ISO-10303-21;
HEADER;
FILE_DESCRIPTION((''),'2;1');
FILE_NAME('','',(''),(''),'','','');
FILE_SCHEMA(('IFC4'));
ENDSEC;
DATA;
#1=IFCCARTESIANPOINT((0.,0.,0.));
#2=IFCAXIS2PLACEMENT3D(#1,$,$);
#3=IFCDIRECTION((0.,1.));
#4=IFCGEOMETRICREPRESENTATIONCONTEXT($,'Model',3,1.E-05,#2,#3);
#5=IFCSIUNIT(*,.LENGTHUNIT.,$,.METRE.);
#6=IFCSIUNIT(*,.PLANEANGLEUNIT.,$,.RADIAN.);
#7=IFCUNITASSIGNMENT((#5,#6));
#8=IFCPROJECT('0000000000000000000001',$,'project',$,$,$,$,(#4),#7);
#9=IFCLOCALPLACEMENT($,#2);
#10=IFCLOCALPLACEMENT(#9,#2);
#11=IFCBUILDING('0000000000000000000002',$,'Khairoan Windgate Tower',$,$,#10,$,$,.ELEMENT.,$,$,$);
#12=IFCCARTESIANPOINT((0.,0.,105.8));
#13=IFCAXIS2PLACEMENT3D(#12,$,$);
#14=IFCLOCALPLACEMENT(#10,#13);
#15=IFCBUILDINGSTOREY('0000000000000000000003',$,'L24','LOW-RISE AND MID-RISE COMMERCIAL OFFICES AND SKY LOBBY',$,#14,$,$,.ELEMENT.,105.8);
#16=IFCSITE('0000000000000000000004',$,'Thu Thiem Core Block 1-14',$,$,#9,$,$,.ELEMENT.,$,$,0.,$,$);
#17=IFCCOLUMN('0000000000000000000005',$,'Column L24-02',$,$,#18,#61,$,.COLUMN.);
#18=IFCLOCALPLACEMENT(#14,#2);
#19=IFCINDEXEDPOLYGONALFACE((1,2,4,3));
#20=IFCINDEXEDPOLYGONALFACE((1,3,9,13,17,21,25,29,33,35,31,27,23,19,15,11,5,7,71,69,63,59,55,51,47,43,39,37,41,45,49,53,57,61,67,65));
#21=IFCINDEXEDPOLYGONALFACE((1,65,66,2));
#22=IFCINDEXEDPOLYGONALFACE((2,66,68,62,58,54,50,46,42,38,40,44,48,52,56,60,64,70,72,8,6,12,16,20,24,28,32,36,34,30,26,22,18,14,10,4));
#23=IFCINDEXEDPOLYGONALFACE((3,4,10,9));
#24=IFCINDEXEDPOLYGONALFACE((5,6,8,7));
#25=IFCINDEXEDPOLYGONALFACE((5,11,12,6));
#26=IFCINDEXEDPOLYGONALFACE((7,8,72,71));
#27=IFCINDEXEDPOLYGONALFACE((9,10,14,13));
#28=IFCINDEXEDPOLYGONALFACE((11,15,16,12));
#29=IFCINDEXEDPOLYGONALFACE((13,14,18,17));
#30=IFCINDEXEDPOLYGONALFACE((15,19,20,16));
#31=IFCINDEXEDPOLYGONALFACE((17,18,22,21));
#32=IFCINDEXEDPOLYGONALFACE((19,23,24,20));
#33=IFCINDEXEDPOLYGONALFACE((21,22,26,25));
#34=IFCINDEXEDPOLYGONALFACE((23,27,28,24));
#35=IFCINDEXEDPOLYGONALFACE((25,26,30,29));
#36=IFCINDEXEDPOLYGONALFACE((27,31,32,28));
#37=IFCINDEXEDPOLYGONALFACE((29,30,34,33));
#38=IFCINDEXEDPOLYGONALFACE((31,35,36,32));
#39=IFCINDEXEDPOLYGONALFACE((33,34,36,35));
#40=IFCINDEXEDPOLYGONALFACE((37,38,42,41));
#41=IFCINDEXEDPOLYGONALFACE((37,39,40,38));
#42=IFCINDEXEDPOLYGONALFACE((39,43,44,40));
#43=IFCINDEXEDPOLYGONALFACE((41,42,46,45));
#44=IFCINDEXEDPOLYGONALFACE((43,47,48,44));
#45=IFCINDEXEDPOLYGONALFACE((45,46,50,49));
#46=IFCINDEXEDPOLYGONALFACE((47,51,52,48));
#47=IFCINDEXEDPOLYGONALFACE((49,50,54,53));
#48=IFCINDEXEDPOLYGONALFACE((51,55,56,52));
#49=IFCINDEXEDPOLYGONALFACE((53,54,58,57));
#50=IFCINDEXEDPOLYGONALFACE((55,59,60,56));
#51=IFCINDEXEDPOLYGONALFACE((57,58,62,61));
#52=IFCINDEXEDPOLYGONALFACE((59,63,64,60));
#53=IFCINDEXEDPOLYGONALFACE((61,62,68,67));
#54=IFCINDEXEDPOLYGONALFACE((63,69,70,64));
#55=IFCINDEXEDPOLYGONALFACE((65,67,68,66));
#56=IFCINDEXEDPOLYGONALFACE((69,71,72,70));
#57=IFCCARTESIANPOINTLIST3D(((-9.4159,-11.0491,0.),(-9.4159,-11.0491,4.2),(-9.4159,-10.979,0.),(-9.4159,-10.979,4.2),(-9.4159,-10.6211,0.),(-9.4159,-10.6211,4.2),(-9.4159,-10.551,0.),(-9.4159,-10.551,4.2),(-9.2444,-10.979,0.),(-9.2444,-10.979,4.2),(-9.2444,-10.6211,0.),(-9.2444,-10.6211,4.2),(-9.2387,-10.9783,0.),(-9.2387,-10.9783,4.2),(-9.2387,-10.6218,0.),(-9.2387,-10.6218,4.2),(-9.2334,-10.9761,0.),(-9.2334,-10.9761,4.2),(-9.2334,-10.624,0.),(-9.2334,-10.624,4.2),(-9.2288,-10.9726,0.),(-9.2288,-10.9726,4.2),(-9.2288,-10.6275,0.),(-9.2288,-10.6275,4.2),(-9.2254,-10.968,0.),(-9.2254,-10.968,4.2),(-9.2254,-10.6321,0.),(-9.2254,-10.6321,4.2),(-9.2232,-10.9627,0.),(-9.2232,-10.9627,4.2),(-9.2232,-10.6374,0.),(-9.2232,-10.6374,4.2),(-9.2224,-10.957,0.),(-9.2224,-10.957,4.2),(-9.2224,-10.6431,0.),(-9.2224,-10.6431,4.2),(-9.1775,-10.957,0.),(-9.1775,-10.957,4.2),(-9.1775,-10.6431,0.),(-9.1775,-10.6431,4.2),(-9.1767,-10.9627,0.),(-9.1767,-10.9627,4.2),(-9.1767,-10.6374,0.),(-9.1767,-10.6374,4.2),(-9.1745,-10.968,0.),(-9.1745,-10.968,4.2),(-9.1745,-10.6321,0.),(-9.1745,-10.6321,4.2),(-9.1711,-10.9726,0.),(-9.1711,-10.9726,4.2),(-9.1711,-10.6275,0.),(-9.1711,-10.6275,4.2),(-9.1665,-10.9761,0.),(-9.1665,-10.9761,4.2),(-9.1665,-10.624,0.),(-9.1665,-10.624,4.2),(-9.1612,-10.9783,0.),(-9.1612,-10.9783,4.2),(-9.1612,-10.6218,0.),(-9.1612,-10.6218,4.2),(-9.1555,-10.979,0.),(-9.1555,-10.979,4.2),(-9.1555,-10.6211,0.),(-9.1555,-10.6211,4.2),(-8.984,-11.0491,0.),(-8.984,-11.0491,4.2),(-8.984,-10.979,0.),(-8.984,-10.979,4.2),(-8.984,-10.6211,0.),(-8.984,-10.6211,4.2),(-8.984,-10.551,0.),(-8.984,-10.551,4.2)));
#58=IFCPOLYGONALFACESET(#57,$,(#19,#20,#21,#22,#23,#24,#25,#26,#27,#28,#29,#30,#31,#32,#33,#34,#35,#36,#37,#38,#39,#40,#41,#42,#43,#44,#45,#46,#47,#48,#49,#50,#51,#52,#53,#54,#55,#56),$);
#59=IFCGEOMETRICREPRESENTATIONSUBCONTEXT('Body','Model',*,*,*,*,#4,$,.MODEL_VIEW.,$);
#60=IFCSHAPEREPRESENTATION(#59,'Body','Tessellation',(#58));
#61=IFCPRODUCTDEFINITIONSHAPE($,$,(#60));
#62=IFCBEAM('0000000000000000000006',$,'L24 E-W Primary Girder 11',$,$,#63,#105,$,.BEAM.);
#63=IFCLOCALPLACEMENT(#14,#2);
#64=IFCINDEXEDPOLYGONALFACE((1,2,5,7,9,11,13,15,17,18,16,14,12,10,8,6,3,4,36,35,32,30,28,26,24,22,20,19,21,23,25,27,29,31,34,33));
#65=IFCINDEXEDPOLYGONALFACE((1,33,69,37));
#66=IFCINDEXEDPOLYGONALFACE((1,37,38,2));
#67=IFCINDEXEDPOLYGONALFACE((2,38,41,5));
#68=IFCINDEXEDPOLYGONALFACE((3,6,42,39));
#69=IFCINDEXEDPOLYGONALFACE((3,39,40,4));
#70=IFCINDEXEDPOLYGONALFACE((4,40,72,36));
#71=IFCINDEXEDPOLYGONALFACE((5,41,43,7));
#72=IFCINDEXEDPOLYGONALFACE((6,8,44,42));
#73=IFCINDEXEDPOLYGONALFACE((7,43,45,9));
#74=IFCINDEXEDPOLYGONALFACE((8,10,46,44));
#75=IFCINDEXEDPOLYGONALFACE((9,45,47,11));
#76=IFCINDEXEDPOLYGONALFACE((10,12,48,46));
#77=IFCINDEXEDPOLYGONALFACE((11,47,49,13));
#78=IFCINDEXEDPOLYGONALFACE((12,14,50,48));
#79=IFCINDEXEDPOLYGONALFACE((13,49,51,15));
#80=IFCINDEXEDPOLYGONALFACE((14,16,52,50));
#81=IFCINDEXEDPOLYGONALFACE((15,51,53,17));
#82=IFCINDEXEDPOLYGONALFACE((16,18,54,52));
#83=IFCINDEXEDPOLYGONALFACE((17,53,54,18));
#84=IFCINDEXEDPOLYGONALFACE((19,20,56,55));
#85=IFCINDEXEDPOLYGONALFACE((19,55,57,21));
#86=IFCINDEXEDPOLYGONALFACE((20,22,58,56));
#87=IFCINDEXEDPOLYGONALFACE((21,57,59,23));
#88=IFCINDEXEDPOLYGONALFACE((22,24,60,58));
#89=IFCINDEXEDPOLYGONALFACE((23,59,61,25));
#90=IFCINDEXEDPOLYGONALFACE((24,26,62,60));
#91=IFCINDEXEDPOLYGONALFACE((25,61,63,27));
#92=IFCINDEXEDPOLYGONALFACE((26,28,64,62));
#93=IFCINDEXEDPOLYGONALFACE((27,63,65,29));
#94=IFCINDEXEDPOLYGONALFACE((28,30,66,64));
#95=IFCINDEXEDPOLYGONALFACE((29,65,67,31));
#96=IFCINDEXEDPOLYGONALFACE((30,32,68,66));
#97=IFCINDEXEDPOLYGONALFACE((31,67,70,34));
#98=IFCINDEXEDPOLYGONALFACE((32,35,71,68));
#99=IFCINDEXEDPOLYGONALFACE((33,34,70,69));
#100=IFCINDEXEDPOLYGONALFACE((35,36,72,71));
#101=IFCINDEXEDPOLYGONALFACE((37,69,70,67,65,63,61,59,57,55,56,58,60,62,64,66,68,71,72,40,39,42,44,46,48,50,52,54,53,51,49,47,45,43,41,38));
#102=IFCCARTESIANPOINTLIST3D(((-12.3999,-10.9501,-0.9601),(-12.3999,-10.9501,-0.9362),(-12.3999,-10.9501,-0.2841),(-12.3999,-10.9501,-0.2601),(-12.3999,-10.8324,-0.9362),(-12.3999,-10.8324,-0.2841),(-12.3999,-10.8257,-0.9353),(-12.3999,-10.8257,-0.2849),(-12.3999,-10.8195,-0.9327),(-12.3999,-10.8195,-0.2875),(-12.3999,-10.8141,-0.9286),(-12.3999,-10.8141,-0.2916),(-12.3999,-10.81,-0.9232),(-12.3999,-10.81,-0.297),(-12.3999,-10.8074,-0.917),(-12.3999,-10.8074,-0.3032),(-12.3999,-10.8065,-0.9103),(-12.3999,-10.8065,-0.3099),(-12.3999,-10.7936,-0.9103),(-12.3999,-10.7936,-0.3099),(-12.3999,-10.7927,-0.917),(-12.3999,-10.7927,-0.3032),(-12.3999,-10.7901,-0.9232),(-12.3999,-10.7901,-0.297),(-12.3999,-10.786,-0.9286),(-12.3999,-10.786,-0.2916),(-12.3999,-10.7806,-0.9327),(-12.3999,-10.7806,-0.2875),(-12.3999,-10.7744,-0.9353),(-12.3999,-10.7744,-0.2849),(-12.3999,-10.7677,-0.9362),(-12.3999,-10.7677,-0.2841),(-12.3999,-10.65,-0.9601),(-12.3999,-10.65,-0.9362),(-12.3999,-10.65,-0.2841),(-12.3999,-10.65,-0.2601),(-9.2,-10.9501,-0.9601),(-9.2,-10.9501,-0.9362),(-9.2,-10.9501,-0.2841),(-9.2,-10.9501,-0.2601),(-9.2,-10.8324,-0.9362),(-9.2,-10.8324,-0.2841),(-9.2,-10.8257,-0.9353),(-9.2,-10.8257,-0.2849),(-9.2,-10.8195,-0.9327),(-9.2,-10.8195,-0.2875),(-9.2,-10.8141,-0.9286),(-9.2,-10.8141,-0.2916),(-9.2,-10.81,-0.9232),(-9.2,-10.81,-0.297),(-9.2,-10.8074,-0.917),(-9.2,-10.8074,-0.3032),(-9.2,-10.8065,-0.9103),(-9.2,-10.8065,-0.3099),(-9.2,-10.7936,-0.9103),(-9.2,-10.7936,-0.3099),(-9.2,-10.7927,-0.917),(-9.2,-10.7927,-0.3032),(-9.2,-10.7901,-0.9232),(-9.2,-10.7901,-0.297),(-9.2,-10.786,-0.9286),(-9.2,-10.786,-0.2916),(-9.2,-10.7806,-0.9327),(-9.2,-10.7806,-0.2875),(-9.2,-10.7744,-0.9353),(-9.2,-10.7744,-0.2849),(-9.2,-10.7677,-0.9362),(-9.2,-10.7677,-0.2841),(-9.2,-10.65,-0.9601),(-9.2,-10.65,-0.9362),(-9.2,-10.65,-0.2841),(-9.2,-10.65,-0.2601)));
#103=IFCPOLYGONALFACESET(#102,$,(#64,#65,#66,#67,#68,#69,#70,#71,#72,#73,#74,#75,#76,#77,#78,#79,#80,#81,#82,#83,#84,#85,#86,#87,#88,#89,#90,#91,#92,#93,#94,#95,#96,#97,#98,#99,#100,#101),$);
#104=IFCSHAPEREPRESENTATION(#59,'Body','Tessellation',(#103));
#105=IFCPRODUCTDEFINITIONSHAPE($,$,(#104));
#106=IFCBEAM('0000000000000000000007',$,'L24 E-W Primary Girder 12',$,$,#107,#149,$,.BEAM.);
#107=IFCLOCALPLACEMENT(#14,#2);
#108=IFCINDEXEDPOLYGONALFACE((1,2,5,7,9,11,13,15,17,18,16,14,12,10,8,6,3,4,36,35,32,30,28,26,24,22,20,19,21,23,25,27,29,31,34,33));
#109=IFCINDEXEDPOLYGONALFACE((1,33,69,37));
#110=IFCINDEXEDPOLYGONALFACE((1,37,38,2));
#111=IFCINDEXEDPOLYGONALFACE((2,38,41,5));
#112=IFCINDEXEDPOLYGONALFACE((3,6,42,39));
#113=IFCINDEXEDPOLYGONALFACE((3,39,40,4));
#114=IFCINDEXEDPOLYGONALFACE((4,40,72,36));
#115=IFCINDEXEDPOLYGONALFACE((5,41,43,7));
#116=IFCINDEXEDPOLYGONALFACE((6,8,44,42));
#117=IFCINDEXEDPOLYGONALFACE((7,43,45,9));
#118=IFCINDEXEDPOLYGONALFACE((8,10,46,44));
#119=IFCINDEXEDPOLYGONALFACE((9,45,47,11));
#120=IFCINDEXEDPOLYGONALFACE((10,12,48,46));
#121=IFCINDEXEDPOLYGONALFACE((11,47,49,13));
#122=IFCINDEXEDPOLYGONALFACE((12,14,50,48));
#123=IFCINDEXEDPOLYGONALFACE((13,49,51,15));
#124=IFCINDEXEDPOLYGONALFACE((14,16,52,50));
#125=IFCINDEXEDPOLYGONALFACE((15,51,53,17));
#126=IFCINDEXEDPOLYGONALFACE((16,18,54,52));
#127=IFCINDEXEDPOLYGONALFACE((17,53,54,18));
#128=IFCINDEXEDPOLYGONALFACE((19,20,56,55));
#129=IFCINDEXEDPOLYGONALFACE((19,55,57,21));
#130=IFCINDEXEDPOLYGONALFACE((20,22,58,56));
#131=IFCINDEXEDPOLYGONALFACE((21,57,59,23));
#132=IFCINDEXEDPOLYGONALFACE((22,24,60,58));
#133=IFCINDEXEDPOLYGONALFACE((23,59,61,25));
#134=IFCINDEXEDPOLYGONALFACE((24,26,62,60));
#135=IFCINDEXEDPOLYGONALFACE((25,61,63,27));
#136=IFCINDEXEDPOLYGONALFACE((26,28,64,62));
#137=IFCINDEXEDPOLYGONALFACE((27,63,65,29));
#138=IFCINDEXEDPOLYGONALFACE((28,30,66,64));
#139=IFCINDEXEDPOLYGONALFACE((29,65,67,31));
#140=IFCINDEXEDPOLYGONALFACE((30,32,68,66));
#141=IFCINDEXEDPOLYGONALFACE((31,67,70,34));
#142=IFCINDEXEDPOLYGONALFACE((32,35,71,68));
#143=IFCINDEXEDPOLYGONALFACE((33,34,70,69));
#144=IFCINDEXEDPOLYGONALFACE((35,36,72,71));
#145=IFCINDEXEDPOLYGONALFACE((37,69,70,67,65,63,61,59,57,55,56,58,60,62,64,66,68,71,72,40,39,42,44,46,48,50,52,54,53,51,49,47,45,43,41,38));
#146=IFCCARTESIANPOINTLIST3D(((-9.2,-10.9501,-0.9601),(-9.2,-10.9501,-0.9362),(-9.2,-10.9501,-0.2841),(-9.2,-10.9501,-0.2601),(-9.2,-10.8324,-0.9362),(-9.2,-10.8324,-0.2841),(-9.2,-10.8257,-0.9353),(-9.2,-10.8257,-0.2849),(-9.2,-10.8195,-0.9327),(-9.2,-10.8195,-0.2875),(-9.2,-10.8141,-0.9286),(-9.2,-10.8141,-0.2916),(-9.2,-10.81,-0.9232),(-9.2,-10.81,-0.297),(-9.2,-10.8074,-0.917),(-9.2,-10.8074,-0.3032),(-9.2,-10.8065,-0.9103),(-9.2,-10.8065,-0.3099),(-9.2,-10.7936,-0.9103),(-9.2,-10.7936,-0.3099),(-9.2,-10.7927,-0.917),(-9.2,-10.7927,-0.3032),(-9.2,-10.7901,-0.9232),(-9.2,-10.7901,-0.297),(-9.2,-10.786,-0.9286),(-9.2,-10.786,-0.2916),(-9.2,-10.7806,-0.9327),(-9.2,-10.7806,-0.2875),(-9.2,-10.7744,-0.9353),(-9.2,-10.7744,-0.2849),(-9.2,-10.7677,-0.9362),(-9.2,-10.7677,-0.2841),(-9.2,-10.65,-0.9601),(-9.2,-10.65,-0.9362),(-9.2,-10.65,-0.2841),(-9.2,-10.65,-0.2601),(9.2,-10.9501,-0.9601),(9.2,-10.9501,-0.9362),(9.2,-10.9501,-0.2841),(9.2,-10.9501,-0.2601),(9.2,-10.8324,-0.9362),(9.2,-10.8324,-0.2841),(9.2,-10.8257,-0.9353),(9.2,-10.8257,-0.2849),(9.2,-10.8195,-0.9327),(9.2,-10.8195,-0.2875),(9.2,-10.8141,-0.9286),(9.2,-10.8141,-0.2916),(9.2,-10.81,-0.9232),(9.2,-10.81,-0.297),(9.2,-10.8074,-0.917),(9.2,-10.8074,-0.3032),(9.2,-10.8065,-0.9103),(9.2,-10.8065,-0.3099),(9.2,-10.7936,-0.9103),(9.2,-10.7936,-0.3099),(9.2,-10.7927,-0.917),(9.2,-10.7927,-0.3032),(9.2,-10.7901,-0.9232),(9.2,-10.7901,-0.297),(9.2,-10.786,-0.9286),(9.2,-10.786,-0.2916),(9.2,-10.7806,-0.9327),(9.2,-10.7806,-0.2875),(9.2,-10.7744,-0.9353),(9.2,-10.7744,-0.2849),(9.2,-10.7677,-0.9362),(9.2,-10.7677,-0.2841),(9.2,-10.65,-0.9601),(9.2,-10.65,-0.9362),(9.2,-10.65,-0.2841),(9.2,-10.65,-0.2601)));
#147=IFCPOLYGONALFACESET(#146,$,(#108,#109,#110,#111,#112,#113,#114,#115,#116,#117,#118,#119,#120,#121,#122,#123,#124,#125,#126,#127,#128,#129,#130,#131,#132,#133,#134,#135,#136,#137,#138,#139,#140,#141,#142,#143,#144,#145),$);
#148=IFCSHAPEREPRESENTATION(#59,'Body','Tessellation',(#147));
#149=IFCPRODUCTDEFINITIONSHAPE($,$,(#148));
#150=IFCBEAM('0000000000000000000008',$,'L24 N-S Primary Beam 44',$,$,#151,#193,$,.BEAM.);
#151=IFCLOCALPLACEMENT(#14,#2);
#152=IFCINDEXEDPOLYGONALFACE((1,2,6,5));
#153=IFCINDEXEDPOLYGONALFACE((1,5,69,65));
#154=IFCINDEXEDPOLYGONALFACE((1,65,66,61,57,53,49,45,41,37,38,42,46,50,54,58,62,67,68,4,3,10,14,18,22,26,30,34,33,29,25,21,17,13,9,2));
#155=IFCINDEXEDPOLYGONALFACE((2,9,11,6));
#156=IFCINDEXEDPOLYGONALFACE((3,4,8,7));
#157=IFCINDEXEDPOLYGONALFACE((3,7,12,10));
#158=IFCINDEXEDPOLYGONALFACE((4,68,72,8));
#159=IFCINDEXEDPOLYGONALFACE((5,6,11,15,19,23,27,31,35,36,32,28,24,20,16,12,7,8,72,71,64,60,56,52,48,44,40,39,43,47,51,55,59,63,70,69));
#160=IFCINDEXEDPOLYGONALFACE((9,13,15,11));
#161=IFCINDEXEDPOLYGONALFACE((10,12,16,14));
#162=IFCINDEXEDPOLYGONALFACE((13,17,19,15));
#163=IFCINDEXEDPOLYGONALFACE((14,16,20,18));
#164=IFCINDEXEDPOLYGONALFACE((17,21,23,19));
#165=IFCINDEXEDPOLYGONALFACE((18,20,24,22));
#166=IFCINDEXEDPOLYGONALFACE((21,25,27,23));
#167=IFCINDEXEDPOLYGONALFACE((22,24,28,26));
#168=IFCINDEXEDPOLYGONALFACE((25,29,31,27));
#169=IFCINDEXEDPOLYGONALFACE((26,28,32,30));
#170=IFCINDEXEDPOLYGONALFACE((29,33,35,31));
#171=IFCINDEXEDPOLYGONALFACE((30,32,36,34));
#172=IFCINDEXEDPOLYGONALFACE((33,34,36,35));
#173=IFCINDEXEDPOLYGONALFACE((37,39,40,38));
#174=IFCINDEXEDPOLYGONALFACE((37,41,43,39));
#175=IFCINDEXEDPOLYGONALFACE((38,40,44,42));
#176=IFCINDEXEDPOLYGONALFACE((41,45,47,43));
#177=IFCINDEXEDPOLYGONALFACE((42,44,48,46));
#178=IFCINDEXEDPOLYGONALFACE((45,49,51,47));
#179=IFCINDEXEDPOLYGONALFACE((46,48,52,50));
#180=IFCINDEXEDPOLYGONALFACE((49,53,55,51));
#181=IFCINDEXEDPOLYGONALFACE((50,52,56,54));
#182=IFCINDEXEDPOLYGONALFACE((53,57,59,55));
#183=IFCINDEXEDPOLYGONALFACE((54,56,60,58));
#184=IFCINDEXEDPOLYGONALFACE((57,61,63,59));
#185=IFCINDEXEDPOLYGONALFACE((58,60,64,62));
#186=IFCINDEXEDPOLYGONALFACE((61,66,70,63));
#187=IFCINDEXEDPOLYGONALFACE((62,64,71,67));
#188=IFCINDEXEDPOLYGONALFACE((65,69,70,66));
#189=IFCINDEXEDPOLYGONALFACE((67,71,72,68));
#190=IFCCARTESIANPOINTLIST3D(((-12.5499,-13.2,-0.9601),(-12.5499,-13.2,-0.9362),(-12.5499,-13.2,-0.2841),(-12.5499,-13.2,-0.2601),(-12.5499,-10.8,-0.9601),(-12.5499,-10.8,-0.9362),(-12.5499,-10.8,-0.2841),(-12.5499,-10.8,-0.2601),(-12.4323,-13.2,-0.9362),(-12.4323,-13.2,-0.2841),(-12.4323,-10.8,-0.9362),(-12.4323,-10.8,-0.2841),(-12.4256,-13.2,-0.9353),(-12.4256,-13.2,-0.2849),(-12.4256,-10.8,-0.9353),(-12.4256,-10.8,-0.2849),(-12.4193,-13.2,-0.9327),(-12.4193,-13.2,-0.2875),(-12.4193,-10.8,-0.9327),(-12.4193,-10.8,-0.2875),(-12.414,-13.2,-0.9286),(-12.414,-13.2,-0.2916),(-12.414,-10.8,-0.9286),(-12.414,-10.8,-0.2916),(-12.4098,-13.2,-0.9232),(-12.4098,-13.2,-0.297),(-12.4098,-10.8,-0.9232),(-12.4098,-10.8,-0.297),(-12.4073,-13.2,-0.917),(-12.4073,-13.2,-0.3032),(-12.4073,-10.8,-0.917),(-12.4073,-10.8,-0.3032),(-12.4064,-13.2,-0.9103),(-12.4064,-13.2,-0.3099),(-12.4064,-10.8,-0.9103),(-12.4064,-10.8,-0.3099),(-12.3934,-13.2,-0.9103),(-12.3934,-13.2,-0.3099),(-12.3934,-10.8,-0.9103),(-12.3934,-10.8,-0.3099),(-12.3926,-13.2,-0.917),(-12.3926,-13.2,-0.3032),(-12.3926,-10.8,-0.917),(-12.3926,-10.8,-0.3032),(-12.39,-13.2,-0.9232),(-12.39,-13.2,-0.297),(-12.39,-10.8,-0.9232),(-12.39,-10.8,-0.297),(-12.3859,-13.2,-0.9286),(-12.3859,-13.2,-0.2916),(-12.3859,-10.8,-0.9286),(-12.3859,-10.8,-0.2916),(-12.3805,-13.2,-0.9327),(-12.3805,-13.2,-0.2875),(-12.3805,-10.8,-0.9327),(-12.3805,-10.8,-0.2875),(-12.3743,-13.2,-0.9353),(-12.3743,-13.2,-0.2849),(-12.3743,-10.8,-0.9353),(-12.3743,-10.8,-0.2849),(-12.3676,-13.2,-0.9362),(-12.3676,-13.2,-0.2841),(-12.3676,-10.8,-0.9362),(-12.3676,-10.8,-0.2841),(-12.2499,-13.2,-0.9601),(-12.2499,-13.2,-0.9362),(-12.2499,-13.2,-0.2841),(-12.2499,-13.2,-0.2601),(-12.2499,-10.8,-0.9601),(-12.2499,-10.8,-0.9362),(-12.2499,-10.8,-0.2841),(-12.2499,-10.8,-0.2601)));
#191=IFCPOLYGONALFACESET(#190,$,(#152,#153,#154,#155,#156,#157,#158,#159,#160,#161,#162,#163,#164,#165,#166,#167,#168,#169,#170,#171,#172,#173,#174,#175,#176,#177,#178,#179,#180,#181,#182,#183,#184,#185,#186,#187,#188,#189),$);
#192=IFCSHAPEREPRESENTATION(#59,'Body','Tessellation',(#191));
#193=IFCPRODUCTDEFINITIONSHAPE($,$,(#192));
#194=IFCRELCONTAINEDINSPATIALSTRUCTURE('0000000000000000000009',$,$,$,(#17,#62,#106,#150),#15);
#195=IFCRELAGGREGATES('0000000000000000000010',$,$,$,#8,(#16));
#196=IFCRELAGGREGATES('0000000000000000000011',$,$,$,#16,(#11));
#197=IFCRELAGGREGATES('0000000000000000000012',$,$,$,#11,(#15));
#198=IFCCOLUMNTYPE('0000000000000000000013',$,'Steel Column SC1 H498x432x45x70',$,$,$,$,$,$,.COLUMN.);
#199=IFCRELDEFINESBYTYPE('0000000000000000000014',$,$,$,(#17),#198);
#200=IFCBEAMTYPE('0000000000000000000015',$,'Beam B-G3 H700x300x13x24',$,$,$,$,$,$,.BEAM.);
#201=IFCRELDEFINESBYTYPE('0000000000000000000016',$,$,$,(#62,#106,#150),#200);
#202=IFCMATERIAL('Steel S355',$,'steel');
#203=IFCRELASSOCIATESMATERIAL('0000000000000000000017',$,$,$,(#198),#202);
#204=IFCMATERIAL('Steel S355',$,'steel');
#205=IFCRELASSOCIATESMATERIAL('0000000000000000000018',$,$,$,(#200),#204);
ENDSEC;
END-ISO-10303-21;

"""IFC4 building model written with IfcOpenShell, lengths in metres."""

from ifc_helpers import new_model, si_unit, direction, frame, origin, origin_2d, place, context, subcontext, project, spatial, i_section, extrude, material, material_profile, profile_set, type_object, element, save


model = new_model("IFC4")

# Units and contexts
model_context = context("Model", 3, precision=1e-05, world=origin(), true_north=direction((0.0, 1.0)))
body_context = subcontext(model_context, "Body", "Model", "MODEL_VIEW")
ifc_project = project(units=[si_unit("LENGTHUNIT", "METRE"), si_unit("PLANEANGLEUNIT", "RADIAN")], contexts=[model_context])

# Site, building, storey
site_placement = place(None, origin())
site = spatial("IfcSite", under=ifc_project, at=site_placement, Name="Thu Thiem Core Block 1-14", CompositionType="ELEMENT", RefElevation=0.0)
building_placement = place(site_placement, origin())
building = spatial("IfcBuilding", under=site, at=building_placement, Name="Khairoan Windgate Tower", CompositionType="ELEMENT")
storey_placement = place(building_placement, frame((0.0, 0.0, 105.8)))
storey = spatial("IfcBuildingStorey", under=building, at=storey_placement, Name="L24", Description="LOW-RISE AND MID-RISE COMMERCIAL OFFICES AND SKY LOBBY", CompositionType="ELEMENT", Elevation=105.8)

# Column
ifc_material_1 = material(Name="Steel S355", Category="steel")
ifc_material_profile_1 = material_profile(ifc_material_1, i_section(OverallWidth=0.4319, OverallDepth=0.498, WebThickness=0.0449, FlangeThickness=0.0701, FilletRadius=0.022, at=origin_2d()))
ifc_profile_set_1 = profile_set([ifc_material_profile_1], Name="Steel S355")
column_type = type_object("IfcColumnType", Name="Steel Column SC1 H498x432x45x70", PredefinedType="COLUMN", material=ifc_profile_set_1)
column_placement = place(storey_placement, frame((-9.2, -10.8, 0.0), z_axis=(0.0, 0.0, 1.0), x_axis=(1.0, 0.0, 0.0)))
element("IfcColumn", 1, at=column_placement, inside=storey, type_object=column_type, Name="Column L24-02", PredefinedType="COLUMN", context=body_context, shape_type="SweptSolid", body=[
    extrude(i_section(OverallWidth=0.4319, OverallDepth=0.498, WebThickness=0.0449, FlangeThickness=0.0701, FilletRadius=0.022, at=origin_2d()), origin(), (0.0, 0.0, 1.0), 4.2),
])

# Beams
ifc_material_2 = material(Name="Steel S355", Category="steel")
ifc_material_profile_2 = material_profile(ifc_material_2, i_section(OverallWidth=0.3, OverallDepth=0.7, WebThickness=0.0129, FlangeThickness=0.0239, FilletRadius=0.0259, at=origin_2d()))
ifc_profile_set_2 = profile_set([ifc_material_profile_2], Name="Steel S355")
beam_type_1 = type_object("IfcBeamType", Name="Beam B-G3 H700x300x13x24", PredefinedType="BEAM", material=ifc_profile_set_2)
beam_1_placement = place(storey_placement, frame((-12.3999, -10.8, -0.6101), z_axis=(1.0, 0.0, 0.0), x_axis=(0.0, 1.0, 0.0)))
element("IfcBeam", 2, at=beam_1_placement, inside=storey, type_object=beam_type_1, Name="L24 E-W Primary Girder 11", PredefinedType="BEAM", context=body_context, shape_type="SweptSolid", body=[
    extrude(i_section(OverallWidth=0.3, OverallDepth=0.7, WebThickness=0.0129, FlangeThickness=0.0239, FilletRadius=0.0259, at=origin_2d()), origin(), (0.0, 0.0, 1.0), 3.2),
])
beam_2_placement = place(storey_placement, frame((-9.2, -10.8, -0.6101), z_axis=(1.0, 0.0, 0.0), x_axis=(0.0, 1.0, 0.0)))
element("IfcBeam", 3, at=beam_2_placement, inside=storey, type_object=beam_type_1, Name="L24 E-W Primary Girder 12", PredefinedType="BEAM", context=body_context, shape_type="SweptSolid", body=[
    extrude(i_section(OverallWidth=0.3, OverallDepth=0.7, WebThickness=0.0129, FlangeThickness=0.0239, FilletRadius=0.0259, at=origin_2d()), origin(), (0.0, 0.0, 1.0), 18.3999),
])
beam_3_placement = place(storey_placement, frame((-12.3999, -13.2, -0.6101), z_axis=(0.0, 1.0, 0.0), x_axis=(-1.0, 0.0, 0.0)))
element("IfcBeam", 4, at=beam_3_placement, inside=storey, type_object=beam_type_1, Name="L24 N-S Primary Beam 44", PredefinedType="BEAM", context=body_context, shape_type="SweptSolid", body=[
    extrude(i_section(OverallWidth=0.3, OverallDepth=0.7, WebThickness=0.0129, FlangeThickness=0.0239, FilletRadius=0.0259, at=origin_2d()), origin(), (0.0, 0.0, 1.0), 2.3999),
])

save(model, "model.ifc")
